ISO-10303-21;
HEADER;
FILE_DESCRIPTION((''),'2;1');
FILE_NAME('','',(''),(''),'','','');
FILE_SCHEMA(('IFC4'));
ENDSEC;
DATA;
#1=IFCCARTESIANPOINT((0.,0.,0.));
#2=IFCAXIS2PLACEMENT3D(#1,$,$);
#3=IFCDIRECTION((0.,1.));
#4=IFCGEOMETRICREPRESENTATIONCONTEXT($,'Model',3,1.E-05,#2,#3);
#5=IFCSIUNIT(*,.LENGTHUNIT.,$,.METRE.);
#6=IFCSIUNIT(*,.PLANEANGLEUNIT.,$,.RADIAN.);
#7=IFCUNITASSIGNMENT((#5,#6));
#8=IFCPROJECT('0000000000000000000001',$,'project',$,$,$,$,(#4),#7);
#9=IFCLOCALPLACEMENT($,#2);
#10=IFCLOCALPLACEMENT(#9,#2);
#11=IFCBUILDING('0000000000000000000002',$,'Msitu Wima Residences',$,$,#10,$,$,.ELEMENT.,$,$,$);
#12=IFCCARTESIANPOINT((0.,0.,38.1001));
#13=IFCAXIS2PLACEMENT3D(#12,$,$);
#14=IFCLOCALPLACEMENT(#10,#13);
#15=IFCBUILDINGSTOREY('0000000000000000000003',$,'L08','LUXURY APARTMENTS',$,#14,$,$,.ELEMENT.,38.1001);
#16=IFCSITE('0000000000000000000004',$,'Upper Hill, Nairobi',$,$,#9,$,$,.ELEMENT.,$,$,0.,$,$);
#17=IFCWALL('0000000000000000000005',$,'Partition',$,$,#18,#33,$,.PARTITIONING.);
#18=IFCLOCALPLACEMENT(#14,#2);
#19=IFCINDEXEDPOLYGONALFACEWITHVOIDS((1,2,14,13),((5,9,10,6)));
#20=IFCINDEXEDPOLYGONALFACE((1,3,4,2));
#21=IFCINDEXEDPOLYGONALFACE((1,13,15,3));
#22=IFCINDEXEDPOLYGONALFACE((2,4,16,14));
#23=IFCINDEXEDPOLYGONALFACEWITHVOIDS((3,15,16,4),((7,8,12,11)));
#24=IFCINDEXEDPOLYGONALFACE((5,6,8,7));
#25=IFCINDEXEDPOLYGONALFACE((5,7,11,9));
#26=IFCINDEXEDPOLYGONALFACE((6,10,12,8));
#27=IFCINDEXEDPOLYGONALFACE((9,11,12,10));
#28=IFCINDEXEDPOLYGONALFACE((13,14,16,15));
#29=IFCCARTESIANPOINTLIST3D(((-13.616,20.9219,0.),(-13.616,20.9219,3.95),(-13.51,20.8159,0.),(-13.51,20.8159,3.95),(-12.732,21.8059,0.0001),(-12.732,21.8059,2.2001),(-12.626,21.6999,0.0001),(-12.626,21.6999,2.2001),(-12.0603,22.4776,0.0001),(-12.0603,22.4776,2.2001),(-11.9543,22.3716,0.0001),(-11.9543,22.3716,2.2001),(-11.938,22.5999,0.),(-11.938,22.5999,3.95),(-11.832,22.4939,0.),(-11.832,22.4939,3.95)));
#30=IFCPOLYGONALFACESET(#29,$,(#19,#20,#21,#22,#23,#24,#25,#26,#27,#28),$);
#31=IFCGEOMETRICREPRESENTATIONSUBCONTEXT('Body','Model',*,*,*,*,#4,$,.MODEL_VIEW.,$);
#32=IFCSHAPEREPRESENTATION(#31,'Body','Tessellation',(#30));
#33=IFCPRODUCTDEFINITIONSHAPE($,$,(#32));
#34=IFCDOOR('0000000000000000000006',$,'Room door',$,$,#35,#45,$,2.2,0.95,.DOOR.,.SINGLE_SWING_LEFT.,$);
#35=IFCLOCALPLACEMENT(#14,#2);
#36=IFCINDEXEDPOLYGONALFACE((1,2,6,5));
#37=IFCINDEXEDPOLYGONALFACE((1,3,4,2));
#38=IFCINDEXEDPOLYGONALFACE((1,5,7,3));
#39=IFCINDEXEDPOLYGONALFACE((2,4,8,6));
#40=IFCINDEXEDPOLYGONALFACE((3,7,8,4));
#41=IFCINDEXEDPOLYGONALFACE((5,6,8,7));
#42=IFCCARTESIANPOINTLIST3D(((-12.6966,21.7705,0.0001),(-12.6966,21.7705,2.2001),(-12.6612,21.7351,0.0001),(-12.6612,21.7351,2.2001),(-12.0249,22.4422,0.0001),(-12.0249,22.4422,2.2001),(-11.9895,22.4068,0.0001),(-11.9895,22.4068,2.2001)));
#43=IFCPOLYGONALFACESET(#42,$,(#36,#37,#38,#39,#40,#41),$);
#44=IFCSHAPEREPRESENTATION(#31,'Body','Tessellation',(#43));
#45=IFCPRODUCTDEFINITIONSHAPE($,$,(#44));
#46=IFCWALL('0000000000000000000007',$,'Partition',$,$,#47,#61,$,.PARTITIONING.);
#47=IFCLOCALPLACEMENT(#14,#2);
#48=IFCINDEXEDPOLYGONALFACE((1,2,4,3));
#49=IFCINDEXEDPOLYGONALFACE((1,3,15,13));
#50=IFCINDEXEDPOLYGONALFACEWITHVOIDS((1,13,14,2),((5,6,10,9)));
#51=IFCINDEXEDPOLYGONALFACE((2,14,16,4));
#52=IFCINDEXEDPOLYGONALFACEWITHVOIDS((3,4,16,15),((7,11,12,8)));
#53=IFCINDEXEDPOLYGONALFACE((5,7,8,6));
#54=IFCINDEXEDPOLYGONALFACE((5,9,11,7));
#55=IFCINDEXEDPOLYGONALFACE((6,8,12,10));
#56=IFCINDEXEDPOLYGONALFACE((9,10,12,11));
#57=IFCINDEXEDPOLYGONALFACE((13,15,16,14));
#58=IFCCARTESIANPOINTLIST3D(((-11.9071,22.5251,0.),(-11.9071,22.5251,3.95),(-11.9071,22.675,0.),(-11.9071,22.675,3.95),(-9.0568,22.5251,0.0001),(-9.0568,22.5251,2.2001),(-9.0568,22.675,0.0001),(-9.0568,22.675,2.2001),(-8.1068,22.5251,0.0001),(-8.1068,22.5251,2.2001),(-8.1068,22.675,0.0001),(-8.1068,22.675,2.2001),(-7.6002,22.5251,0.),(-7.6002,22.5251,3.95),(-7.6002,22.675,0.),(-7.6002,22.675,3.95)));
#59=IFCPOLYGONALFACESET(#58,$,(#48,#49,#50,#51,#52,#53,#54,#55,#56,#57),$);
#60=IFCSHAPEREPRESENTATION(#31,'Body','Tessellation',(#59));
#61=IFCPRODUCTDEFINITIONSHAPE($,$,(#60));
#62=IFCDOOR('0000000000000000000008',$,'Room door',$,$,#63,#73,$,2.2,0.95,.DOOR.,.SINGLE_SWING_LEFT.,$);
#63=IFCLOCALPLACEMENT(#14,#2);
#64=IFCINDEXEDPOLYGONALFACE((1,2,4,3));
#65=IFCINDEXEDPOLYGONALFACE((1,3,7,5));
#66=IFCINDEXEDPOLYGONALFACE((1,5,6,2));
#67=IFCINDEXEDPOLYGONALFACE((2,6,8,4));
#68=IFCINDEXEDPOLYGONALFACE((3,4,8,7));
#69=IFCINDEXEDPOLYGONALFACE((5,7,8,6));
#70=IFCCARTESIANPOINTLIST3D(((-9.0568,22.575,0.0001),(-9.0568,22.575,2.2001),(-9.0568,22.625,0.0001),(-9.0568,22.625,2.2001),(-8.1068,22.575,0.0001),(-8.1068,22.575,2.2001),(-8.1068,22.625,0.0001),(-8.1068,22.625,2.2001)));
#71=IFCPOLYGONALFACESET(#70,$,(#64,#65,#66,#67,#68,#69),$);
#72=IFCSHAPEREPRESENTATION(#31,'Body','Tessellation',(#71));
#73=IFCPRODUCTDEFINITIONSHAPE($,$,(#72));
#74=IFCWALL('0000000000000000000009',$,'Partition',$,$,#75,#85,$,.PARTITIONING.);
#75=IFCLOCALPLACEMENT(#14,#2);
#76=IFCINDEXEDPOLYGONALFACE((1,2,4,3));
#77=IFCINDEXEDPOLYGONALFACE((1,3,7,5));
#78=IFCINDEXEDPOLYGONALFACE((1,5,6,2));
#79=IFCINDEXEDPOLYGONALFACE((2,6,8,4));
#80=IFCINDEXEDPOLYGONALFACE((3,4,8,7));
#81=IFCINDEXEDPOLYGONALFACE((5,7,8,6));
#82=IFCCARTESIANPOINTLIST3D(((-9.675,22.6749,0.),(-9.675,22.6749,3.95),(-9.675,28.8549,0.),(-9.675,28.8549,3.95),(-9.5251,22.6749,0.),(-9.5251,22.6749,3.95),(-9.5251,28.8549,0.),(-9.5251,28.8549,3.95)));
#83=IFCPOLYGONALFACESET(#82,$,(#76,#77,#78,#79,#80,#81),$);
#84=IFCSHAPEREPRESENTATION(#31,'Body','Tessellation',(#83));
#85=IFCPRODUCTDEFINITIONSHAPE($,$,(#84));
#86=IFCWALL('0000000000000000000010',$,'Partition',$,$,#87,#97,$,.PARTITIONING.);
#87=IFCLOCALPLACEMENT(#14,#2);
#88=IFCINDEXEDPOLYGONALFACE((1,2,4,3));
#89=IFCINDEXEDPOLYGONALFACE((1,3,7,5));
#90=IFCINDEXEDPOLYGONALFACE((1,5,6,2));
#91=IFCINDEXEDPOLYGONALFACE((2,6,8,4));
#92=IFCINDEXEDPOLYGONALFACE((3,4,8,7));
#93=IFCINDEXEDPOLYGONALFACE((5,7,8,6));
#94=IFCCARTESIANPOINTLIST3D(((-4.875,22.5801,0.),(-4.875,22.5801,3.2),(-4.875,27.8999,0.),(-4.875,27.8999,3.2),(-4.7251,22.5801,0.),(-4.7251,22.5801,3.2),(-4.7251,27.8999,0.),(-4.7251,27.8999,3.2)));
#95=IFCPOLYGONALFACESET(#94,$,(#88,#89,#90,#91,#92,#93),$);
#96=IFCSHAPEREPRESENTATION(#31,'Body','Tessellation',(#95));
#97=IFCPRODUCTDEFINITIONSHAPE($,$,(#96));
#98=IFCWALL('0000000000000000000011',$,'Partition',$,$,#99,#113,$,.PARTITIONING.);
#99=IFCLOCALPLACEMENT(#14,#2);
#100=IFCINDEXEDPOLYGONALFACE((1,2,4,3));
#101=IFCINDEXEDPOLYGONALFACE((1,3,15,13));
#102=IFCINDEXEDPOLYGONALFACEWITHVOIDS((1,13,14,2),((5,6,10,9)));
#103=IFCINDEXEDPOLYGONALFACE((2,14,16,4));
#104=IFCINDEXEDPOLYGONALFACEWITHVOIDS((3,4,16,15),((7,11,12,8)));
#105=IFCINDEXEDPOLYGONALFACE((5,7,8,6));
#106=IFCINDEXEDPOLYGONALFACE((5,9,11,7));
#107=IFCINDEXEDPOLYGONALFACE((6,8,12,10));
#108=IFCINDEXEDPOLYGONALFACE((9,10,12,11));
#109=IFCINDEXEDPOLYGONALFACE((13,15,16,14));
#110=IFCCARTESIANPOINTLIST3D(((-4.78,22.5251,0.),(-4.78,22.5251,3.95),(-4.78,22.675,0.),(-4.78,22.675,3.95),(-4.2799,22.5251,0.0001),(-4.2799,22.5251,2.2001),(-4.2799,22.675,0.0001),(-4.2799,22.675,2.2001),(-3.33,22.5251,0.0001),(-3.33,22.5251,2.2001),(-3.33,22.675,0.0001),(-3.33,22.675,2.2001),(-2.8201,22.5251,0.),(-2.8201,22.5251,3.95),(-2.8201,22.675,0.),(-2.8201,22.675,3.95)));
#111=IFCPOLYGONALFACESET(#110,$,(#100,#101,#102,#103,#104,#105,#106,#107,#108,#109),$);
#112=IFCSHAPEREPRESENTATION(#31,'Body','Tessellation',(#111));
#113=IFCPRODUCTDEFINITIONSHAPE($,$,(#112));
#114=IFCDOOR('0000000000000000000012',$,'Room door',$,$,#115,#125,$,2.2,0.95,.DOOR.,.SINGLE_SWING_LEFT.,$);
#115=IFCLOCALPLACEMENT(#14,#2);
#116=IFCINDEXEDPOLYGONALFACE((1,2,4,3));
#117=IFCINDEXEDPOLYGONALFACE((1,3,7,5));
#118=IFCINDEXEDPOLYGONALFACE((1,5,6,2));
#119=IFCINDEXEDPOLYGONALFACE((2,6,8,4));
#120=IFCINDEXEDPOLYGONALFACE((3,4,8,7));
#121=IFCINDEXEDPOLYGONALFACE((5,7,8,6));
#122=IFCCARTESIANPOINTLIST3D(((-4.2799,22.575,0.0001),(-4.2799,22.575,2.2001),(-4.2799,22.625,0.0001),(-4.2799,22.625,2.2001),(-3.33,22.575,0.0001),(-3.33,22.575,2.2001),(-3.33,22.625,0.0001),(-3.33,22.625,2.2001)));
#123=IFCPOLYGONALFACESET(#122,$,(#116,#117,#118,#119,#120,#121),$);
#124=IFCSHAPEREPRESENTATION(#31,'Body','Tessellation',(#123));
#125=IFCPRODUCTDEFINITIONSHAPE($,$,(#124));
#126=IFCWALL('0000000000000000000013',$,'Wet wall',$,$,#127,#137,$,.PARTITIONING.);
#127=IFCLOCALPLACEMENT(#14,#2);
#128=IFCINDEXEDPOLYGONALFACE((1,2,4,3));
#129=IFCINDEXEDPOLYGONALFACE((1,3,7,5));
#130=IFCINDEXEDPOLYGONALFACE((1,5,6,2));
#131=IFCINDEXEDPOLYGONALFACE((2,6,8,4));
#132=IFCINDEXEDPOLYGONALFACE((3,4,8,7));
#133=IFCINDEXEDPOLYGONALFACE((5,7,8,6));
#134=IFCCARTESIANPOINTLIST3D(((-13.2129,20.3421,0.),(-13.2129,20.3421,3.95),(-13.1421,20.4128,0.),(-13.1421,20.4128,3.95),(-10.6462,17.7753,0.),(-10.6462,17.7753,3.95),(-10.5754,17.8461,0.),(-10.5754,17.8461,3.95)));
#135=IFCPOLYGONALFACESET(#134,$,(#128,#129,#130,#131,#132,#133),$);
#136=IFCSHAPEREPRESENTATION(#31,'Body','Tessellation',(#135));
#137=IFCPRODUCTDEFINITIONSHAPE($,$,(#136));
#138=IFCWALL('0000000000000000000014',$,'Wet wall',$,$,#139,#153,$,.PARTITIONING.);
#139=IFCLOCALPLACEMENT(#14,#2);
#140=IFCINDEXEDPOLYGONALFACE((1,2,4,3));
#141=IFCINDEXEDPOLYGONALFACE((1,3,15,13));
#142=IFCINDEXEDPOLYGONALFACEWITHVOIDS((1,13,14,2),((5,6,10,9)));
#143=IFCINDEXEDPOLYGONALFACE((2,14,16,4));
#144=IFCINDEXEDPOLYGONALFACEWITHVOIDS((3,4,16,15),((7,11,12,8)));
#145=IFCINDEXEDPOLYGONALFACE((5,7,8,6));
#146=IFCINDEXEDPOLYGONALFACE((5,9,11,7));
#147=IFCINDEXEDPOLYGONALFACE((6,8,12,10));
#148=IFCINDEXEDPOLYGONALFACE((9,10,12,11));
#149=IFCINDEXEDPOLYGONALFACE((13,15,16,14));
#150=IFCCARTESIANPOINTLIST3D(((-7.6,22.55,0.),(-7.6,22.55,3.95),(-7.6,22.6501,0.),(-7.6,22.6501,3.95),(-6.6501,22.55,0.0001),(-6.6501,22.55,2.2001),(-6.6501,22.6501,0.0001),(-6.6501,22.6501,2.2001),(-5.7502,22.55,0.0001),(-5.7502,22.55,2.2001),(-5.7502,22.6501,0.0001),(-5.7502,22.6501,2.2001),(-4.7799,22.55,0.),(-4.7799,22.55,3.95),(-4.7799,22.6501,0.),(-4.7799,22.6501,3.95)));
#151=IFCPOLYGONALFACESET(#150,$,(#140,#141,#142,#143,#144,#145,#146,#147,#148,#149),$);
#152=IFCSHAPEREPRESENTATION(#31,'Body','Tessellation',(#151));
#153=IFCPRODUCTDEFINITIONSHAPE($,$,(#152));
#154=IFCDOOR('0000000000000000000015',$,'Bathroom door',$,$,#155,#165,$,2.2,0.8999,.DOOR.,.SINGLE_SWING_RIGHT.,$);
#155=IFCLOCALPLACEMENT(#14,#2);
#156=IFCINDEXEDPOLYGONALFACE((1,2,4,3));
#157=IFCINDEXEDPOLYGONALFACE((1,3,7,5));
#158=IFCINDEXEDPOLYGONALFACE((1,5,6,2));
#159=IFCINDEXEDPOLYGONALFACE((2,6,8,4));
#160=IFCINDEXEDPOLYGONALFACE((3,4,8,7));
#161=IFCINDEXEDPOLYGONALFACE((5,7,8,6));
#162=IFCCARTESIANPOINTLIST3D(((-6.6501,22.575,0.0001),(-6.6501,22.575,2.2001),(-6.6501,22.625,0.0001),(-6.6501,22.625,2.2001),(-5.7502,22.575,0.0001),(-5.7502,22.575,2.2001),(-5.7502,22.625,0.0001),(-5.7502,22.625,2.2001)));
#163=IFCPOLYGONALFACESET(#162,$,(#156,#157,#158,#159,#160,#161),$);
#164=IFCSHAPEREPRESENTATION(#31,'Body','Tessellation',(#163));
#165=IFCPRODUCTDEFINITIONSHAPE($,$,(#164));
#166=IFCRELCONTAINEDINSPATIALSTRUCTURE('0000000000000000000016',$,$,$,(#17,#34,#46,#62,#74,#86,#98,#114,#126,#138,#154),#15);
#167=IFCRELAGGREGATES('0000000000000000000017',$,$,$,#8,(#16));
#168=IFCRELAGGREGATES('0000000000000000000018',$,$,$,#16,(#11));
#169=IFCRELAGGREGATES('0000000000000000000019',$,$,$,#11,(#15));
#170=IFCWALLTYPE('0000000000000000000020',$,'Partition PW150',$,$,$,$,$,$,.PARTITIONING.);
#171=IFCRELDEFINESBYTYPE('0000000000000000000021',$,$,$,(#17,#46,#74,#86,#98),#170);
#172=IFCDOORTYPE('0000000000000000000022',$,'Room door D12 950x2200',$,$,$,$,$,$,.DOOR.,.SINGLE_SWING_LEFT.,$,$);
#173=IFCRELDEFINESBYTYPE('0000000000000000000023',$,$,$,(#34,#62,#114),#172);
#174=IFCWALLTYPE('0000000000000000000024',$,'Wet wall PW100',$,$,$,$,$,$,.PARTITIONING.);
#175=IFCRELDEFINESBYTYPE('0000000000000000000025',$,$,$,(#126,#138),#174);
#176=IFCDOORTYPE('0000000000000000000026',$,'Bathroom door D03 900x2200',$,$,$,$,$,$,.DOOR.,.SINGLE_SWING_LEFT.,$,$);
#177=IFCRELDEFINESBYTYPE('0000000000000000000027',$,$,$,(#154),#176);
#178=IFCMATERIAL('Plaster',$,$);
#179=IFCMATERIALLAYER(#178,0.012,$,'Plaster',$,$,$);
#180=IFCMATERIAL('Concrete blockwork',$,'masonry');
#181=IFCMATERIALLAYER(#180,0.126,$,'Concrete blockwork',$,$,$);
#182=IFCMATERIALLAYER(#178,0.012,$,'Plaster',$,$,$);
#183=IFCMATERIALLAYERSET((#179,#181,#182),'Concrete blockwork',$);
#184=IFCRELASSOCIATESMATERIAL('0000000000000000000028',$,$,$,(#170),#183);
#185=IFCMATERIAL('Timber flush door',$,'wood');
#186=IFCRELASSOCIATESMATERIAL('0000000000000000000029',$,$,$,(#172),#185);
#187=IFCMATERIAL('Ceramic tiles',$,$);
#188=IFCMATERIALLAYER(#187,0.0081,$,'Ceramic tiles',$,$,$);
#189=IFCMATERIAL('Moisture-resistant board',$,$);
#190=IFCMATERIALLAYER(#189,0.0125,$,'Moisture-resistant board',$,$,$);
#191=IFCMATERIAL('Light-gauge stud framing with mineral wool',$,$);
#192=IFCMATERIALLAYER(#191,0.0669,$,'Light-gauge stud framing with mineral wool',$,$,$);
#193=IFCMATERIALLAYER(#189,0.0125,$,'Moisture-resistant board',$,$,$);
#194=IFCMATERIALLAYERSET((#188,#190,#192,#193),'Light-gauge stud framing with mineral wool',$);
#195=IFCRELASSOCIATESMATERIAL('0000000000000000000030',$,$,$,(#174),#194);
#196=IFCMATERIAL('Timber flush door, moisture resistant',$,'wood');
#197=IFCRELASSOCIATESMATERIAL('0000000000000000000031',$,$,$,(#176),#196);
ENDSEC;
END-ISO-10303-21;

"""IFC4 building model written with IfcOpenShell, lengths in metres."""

from ifc_helpers import new_model, si_unit, direction, frame, frame_2d, origin, place, context, subcontext, project, spatial, rectangle, extrude, material, layer, layer_set, type_object, element, fill, save


model = new_model("IFC4")

# Units and contexts
model_context = context("Model", 3, precision=1e-05, world=origin(), true_north=direction((0.0, 1.0)))
body_context = subcontext(model_context, "Body", "Model", "MODEL_VIEW")
ifc_project = project(units=[si_unit("LENGTHUNIT", "METRE"), si_unit("PLANEANGLEUNIT", "RADIAN")], contexts=[model_context])

# Site, building, storey
site_placement = place(None, origin())
site = spatial("IfcSite", under=ifc_project, at=site_placement, Name="Upper Hill, Nairobi", CompositionType="ELEMENT", RefElevation=0.0)
building_placement = place(site_placement, origin())
building = spatial("IfcBuilding", under=site, at=building_placement, Name="Msitu Wima Residences", CompositionType="ELEMENT")
storey_placement = place(building_placement, frame((0.0, 0.0, 38.1001)))
storey = spatial("IfcBuildingStorey", under=building, at=storey_placement, Name="L08", Description="LUXURY APARTMENTS", CompositionType="ELEMENT", Elevation=38.1001)

# Walls, openings, doors
ifc_material_1 = material(Name="Plaster")
ifc_layer_1 = layer(ifc_material_1, 0.012, Name="Plaster")
ifc_material_2 = material(Name="Concrete blockwork", Category="masonry")
ifc_layer_2 = layer(ifc_material_2, 0.126, Name="Concrete blockwork")
ifc_layer_3 = layer(ifc_material_1, 0.012, Name="Plaster")
ifc_layer_set_1 = layer_set([ifc_layer_1, ifc_layer_2, ifc_layer_3], Name="Concrete blockwork")
wall_type_1 = type_object("IfcWallType", Name="Partition PW150", PredefinedType="PARTITIONING", material=ifc_layer_set_1)
wall_1_placement = place(storey_placement, frame((-13.563, 20.8689, 0.0), z_axis=(0.0, 0.0, 1.0), x_axis=(0.707107, 0.707107, 0.0)))
wall_1 = element("IfcWall", 1, at=wall_1_placement, inside=storey, type_object=wall_type_1, Name="Partition", PredefinedType="PARTITIONING", context=body_context, shape_type="SweptSolid", body=[
    extrude(rectangle(XDim=2.373, YDim=0.1499, at=frame_2d((1.1865, 0.0))), origin(), (0.0, 0.0, 1.0), 3.95),
])
opening_1_placement = place(wall_1_placement, frame((1.25, 0.0, 0.0)))
opening_1 = element("IfcOpeningElement", 2, at=opening_1_placement, cuts=wall_1, PredefinedType="OPENING", context=body_context, shape_type="SweptSolid", body=[
    extrude(rectangle(XDim=0.95, YDim=2.2, at=frame_2d((0.4751, 1.1001))), frame((0.0, 0.085, 0.0), z_axis=(0.0, -1.0, 0.0), x_axis=(1.0, 0.0, 0.0)), (0.0, 0.0, 1.0), 0.1699),
])
ifc_material_3 = material(Name="Timber flush door", Category="wood")
door_type_1 = type_object("IfcDoorType", Name="Room door D12 950x2200", OperationType="SINGLE_SWING_LEFT", PredefinedType="DOOR", material=ifc_material_3)
door_1_placement = place(opening_1_placement, origin())
door_1 = element("IfcDoor", 3, at=door_1_placement, inside=storey, type_object=door_type_1, Name="Room door", OperationType="SINGLE_SWING_LEFT", OverallHeight=2.2, OverallWidth=0.95, PredefinedType="DOOR", context=body_context, shape_type="SweptSolid", body=[
    extrude(rectangle(XDim=0.95, YDim=2.2, at=frame_2d((0.4751, 1.1001))), frame((0.0, 0.0249, 0.0), z_axis=(0.0, -1.0, 0.0), x_axis=(1.0, 0.0, 0.0)), (0.0, 0.0, 1.0), 0.05),
])
fill(opening_1, door_1)
wall_2_placement = place(storey_placement, frame((-11.907, 22.6001, 0.0), z_axis=(0.0, 0.0, 1.0), x_axis=(1.0, 0.0, 0.0)))
wall_2 = element("IfcWall", 4, at=wall_2_placement, inside=storey, type_object=wall_type_1, Name="Partition", PredefinedType="PARTITIONING", context=body_context, shape_type="SweptSolid", body=[
    extrude(rectangle(XDim=4.3069, YDim=0.1499, at=frame_2d((2.1533, 0.0))), origin(), (0.0, 0.0, 1.0), 3.95),
])
opening_2_placement = place(wall_2_placement, frame((2.8501, 0.0, 0.0)))
opening_2 = element("IfcOpeningElement", 5, at=opening_2_placement, cuts=wall_2, PredefinedType="OPENING", context=body_context, shape_type="SweptSolid", body=[
    extrude(rectangle(XDim=0.95, YDim=2.2, at=frame_2d((0.4751, 1.1001))), frame((0.0, 0.085, 0.0), z_axis=(0.0, -1.0, 0.0), x_axis=(1.0, 0.0, 0.0)), (0.0, 0.0, 1.0), 0.1699),
])
door_2_placement = place(opening_2_placement, origin())
door_2 = element("IfcDoor", 6, at=door_2_placement, inside=storey, type_object=door_type_1, Name="Room door", OperationType="SINGLE_SWING_LEFT", OverallHeight=2.2, OverallWidth=0.95, PredefinedType="DOOR", context=body_context, shape_type="SweptSolid", body=[
    extrude(rectangle(XDim=0.95, YDim=2.2, at=frame_2d((0.4751, 1.1001))), frame((0.0, 0.0249, 0.0), z_axis=(0.0, -1.0, 0.0), x_axis=(1.0, 0.0, 0.0)), (0.0, 0.0, 1.0), 0.05),
])
fill(opening_2, door_2)

# Walls
wall_3_placement = place(storey_placement, frame((-9.6001, 22.675, 0.0), z_axis=(0.0, 0.0, 1.0), x_axis=(0.0, 1.0, 0.0)))
element("IfcWall", 7, at=wall_3_placement, inside=storey, type_object=wall_type_1, Name="Partition", PredefinedType="PARTITIONING", context=body_context, shape_type="SweptSolid", body=[
    extrude(rectangle(XDim=6.1799, YDim=0.1499, at=frame_2d((3.0898, 0.0))), origin(), (0.0, 0.0, 1.0), 3.95),
])
wall_4_placement = place(storey_placement, frame((-4.8, 22.5801, 0.0), z_axis=(0.0, 0.0, 1.0), x_axis=(0.0, 1.0, 0.0)))
element("IfcWall", 8, at=wall_4_placement, inside=storey, type_object=wall_type_1, Name="Partition", PredefinedType="PARTITIONING", context=body_context, shape_type="SweptSolid", body=[
    extrude(rectangle(XDim=5.3198, YDim=0.1499, at=frame_2d((2.6599, 0.0))), origin(), (0.0, 0.0, 1.0), 3.2),
])

# Wall, opening, door
wall_5_placement = place(storey_placement, frame((-4.78, 22.6001, 0.0), z_axis=(0.0, 0.0, 1.0), x_axis=(1.0, 0.0, 0.0)))
wall_5 = element("IfcWall", 9, at=wall_5_placement, inside=storey, type_object=wall_type_1, Name="Partition", PredefinedType="PARTITIONING", context=body_context, shape_type="SweptSolid", body=[
    extrude(rectangle(XDim=1.96, YDim=0.1499, at=frame_2d((0.98, 0.0))), origin(), (0.0, 0.0, 1.0), 3.95),
])
opening_3_placement = place(wall_5_placement, frame((0.5, 0.0, 0.0)))
opening_3 = element("IfcOpeningElement", 10, at=opening_3_placement, cuts=wall_5, PredefinedType="OPENING", context=body_context, shape_type="SweptSolid", body=[
    extrude(rectangle(XDim=0.95, YDim=2.2, at=frame_2d((0.4751, 1.1001))), frame((0.0, 0.085, 0.0), z_axis=(0.0, -1.0, 0.0), x_axis=(1.0, 0.0, 0.0)), (0.0, 0.0, 1.0), 0.1699),
])
door_3_placement = place(opening_3_placement, origin())
door_3 = element("IfcDoor", 11, at=door_3_placement, inside=storey, type_object=door_type_1, Name="Room door", OperationType="SINGLE_SWING_LEFT", OverallHeight=2.2, OverallWidth=0.95, PredefinedType="DOOR", context=body_context, shape_type="SweptSolid", body=[
    extrude(rectangle(XDim=0.95, YDim=2.2, at=frame_2d((0.4751, 1.1001))), frame((0.0, 0.0249, 0.0), z_axis=(0.0, -1.0, 0.0), x_axis=(1.0, 0.0, 0.0)), (0.0, 0.0, 1.0), 0.05),
])
fill(opening_3, door_3)

# Wall
ifc_material_4 = material(Name="Ceramic tiles")
ifc_layer_4 = layer(ifc_material_4, 0.0081, Name="Ceramic tiles")
ifc_material_5 = material(Name="Moisture-resistant board")
ifc_layer_5 = layer(ifc_material_5, 0.0125, Name="Moisture-resistant board")
ifc_material_6 = material(Name="Light-gauge stud framing with mineral wool")
ifc_layer_6 = layer(ifc_material_6, 0.0669, Name="Light-gauge stud framing with mineral wool")
ifc_layer_7 = layer(ifc_material_5, 0.0125, Name="Moisture-resistant board")
ifc_layer_set_2 = layer_set([ifc_layer_4, ifc_layer_5, ifc_layer_6, ifc_layer_7], Name="Light-gauge stud framing with mineral wool")
wall_type_2 = type_object("IfcWallType", Name="Wet wall PW100", PredefinedType="PARTITIONING", material=ifc_layer_set_2)
wall_6_placement = place(storey_placement, frame((-13.1775, 20.3774, 0.0), z_axis=(0.0, 0.0, 1.0), x_axis=(0.707107, -0.707107, 0.0)))
element("IfcWall", 12, at=wall_6_placement, inside=storey, type_object=wall_type_2, Name="Wet wall", PredefinedType="PARTITIONING", context=body_context, shape_type="SweptSolid", body=[
    extrude(rectangle(XDim=3.6299, YDim=0.1001, at=frame_2d((1.8149, 0.0))), origin(), (0.0, 0.0, 1.0), 3.95),
])

# Wall, opening, door
wall_7_placement = place(storey_placement, frame((-7.6001, 22.6001, 0.0), z_axis=(0.0, 0.0, 1.0), x_axis=(1.0, 0.0, 0.0)))
wall_7 = element("IfcWall", 13, at=wall_7_placement, inside=storey, type_object=wall_type_2, Name="Wet wall", PredefinedType="PARTITIONING", context=body_context, shape_type="SweptSolid", body=[
    extrude(rectangle(XDim=2.8201, YDim=0.1001, at=frame_2d((1.4102, 0.0))), origin(), (0.0, 0.0, 1.0), 3.95),
])
opening_4_placement = place(wall_7_placement, frame((0.95, 0.0, 0.0)))
opening_4 = element("IfcOpeningElement", 14, at=opening_4_placement, cuts=wall_7, PredefinedType="OPENING", context=body_context, shape_type="SweptSolid", body=[
    extrude(rectangle(XDim=0.8999, YDim=2.2, at=frame_2d((0.45, 1.1001))), frame((0.0, 0.0601, 0.0), z_axis=(0.0, -1.0, 0.0), x_axis=(1.0, 0.0, 0.0)), (0.0, 0.0, 1.0), 0.1201),
])
ifc_material_7 = material(Name="Timber flush door, moisture resistant", Category="wood")
door_type_2 = type_object("IfcDoorType", Name="Bathroom door D03 900x2200", OperationType="SINGLE_SWING_LEFT", PredefinedType="DOOR", material=ifc_material_7)
door_4_placement = place(opening_4_placement, origin())
door_4 = element("IfcDoor", 15, at=door_4_placement, inside=storey, type_object=door_type_2, Name="Bathroom door", OperationType="SINGLE_SWING_RIGHT", OverallHeight=2.2, OverallWidth=0.8999, PredefinedType="DOOR", context=body_context, shape_type="SweptSolid", body=[
    extrude(rectangle(XDim=0.8999, YDim=2.2, at=frame_2d((0.45, 1.1001))), frame((0.0, 0.0249, 0.0), z_axis=(0.0, -1.0, 0.0), x_axis=(1.0, 0.0, 0.0)), (0.0, 0.0, 1.0), 0.05),
])
fill(opening_4, door_4)

save(model, "model.ifc")
